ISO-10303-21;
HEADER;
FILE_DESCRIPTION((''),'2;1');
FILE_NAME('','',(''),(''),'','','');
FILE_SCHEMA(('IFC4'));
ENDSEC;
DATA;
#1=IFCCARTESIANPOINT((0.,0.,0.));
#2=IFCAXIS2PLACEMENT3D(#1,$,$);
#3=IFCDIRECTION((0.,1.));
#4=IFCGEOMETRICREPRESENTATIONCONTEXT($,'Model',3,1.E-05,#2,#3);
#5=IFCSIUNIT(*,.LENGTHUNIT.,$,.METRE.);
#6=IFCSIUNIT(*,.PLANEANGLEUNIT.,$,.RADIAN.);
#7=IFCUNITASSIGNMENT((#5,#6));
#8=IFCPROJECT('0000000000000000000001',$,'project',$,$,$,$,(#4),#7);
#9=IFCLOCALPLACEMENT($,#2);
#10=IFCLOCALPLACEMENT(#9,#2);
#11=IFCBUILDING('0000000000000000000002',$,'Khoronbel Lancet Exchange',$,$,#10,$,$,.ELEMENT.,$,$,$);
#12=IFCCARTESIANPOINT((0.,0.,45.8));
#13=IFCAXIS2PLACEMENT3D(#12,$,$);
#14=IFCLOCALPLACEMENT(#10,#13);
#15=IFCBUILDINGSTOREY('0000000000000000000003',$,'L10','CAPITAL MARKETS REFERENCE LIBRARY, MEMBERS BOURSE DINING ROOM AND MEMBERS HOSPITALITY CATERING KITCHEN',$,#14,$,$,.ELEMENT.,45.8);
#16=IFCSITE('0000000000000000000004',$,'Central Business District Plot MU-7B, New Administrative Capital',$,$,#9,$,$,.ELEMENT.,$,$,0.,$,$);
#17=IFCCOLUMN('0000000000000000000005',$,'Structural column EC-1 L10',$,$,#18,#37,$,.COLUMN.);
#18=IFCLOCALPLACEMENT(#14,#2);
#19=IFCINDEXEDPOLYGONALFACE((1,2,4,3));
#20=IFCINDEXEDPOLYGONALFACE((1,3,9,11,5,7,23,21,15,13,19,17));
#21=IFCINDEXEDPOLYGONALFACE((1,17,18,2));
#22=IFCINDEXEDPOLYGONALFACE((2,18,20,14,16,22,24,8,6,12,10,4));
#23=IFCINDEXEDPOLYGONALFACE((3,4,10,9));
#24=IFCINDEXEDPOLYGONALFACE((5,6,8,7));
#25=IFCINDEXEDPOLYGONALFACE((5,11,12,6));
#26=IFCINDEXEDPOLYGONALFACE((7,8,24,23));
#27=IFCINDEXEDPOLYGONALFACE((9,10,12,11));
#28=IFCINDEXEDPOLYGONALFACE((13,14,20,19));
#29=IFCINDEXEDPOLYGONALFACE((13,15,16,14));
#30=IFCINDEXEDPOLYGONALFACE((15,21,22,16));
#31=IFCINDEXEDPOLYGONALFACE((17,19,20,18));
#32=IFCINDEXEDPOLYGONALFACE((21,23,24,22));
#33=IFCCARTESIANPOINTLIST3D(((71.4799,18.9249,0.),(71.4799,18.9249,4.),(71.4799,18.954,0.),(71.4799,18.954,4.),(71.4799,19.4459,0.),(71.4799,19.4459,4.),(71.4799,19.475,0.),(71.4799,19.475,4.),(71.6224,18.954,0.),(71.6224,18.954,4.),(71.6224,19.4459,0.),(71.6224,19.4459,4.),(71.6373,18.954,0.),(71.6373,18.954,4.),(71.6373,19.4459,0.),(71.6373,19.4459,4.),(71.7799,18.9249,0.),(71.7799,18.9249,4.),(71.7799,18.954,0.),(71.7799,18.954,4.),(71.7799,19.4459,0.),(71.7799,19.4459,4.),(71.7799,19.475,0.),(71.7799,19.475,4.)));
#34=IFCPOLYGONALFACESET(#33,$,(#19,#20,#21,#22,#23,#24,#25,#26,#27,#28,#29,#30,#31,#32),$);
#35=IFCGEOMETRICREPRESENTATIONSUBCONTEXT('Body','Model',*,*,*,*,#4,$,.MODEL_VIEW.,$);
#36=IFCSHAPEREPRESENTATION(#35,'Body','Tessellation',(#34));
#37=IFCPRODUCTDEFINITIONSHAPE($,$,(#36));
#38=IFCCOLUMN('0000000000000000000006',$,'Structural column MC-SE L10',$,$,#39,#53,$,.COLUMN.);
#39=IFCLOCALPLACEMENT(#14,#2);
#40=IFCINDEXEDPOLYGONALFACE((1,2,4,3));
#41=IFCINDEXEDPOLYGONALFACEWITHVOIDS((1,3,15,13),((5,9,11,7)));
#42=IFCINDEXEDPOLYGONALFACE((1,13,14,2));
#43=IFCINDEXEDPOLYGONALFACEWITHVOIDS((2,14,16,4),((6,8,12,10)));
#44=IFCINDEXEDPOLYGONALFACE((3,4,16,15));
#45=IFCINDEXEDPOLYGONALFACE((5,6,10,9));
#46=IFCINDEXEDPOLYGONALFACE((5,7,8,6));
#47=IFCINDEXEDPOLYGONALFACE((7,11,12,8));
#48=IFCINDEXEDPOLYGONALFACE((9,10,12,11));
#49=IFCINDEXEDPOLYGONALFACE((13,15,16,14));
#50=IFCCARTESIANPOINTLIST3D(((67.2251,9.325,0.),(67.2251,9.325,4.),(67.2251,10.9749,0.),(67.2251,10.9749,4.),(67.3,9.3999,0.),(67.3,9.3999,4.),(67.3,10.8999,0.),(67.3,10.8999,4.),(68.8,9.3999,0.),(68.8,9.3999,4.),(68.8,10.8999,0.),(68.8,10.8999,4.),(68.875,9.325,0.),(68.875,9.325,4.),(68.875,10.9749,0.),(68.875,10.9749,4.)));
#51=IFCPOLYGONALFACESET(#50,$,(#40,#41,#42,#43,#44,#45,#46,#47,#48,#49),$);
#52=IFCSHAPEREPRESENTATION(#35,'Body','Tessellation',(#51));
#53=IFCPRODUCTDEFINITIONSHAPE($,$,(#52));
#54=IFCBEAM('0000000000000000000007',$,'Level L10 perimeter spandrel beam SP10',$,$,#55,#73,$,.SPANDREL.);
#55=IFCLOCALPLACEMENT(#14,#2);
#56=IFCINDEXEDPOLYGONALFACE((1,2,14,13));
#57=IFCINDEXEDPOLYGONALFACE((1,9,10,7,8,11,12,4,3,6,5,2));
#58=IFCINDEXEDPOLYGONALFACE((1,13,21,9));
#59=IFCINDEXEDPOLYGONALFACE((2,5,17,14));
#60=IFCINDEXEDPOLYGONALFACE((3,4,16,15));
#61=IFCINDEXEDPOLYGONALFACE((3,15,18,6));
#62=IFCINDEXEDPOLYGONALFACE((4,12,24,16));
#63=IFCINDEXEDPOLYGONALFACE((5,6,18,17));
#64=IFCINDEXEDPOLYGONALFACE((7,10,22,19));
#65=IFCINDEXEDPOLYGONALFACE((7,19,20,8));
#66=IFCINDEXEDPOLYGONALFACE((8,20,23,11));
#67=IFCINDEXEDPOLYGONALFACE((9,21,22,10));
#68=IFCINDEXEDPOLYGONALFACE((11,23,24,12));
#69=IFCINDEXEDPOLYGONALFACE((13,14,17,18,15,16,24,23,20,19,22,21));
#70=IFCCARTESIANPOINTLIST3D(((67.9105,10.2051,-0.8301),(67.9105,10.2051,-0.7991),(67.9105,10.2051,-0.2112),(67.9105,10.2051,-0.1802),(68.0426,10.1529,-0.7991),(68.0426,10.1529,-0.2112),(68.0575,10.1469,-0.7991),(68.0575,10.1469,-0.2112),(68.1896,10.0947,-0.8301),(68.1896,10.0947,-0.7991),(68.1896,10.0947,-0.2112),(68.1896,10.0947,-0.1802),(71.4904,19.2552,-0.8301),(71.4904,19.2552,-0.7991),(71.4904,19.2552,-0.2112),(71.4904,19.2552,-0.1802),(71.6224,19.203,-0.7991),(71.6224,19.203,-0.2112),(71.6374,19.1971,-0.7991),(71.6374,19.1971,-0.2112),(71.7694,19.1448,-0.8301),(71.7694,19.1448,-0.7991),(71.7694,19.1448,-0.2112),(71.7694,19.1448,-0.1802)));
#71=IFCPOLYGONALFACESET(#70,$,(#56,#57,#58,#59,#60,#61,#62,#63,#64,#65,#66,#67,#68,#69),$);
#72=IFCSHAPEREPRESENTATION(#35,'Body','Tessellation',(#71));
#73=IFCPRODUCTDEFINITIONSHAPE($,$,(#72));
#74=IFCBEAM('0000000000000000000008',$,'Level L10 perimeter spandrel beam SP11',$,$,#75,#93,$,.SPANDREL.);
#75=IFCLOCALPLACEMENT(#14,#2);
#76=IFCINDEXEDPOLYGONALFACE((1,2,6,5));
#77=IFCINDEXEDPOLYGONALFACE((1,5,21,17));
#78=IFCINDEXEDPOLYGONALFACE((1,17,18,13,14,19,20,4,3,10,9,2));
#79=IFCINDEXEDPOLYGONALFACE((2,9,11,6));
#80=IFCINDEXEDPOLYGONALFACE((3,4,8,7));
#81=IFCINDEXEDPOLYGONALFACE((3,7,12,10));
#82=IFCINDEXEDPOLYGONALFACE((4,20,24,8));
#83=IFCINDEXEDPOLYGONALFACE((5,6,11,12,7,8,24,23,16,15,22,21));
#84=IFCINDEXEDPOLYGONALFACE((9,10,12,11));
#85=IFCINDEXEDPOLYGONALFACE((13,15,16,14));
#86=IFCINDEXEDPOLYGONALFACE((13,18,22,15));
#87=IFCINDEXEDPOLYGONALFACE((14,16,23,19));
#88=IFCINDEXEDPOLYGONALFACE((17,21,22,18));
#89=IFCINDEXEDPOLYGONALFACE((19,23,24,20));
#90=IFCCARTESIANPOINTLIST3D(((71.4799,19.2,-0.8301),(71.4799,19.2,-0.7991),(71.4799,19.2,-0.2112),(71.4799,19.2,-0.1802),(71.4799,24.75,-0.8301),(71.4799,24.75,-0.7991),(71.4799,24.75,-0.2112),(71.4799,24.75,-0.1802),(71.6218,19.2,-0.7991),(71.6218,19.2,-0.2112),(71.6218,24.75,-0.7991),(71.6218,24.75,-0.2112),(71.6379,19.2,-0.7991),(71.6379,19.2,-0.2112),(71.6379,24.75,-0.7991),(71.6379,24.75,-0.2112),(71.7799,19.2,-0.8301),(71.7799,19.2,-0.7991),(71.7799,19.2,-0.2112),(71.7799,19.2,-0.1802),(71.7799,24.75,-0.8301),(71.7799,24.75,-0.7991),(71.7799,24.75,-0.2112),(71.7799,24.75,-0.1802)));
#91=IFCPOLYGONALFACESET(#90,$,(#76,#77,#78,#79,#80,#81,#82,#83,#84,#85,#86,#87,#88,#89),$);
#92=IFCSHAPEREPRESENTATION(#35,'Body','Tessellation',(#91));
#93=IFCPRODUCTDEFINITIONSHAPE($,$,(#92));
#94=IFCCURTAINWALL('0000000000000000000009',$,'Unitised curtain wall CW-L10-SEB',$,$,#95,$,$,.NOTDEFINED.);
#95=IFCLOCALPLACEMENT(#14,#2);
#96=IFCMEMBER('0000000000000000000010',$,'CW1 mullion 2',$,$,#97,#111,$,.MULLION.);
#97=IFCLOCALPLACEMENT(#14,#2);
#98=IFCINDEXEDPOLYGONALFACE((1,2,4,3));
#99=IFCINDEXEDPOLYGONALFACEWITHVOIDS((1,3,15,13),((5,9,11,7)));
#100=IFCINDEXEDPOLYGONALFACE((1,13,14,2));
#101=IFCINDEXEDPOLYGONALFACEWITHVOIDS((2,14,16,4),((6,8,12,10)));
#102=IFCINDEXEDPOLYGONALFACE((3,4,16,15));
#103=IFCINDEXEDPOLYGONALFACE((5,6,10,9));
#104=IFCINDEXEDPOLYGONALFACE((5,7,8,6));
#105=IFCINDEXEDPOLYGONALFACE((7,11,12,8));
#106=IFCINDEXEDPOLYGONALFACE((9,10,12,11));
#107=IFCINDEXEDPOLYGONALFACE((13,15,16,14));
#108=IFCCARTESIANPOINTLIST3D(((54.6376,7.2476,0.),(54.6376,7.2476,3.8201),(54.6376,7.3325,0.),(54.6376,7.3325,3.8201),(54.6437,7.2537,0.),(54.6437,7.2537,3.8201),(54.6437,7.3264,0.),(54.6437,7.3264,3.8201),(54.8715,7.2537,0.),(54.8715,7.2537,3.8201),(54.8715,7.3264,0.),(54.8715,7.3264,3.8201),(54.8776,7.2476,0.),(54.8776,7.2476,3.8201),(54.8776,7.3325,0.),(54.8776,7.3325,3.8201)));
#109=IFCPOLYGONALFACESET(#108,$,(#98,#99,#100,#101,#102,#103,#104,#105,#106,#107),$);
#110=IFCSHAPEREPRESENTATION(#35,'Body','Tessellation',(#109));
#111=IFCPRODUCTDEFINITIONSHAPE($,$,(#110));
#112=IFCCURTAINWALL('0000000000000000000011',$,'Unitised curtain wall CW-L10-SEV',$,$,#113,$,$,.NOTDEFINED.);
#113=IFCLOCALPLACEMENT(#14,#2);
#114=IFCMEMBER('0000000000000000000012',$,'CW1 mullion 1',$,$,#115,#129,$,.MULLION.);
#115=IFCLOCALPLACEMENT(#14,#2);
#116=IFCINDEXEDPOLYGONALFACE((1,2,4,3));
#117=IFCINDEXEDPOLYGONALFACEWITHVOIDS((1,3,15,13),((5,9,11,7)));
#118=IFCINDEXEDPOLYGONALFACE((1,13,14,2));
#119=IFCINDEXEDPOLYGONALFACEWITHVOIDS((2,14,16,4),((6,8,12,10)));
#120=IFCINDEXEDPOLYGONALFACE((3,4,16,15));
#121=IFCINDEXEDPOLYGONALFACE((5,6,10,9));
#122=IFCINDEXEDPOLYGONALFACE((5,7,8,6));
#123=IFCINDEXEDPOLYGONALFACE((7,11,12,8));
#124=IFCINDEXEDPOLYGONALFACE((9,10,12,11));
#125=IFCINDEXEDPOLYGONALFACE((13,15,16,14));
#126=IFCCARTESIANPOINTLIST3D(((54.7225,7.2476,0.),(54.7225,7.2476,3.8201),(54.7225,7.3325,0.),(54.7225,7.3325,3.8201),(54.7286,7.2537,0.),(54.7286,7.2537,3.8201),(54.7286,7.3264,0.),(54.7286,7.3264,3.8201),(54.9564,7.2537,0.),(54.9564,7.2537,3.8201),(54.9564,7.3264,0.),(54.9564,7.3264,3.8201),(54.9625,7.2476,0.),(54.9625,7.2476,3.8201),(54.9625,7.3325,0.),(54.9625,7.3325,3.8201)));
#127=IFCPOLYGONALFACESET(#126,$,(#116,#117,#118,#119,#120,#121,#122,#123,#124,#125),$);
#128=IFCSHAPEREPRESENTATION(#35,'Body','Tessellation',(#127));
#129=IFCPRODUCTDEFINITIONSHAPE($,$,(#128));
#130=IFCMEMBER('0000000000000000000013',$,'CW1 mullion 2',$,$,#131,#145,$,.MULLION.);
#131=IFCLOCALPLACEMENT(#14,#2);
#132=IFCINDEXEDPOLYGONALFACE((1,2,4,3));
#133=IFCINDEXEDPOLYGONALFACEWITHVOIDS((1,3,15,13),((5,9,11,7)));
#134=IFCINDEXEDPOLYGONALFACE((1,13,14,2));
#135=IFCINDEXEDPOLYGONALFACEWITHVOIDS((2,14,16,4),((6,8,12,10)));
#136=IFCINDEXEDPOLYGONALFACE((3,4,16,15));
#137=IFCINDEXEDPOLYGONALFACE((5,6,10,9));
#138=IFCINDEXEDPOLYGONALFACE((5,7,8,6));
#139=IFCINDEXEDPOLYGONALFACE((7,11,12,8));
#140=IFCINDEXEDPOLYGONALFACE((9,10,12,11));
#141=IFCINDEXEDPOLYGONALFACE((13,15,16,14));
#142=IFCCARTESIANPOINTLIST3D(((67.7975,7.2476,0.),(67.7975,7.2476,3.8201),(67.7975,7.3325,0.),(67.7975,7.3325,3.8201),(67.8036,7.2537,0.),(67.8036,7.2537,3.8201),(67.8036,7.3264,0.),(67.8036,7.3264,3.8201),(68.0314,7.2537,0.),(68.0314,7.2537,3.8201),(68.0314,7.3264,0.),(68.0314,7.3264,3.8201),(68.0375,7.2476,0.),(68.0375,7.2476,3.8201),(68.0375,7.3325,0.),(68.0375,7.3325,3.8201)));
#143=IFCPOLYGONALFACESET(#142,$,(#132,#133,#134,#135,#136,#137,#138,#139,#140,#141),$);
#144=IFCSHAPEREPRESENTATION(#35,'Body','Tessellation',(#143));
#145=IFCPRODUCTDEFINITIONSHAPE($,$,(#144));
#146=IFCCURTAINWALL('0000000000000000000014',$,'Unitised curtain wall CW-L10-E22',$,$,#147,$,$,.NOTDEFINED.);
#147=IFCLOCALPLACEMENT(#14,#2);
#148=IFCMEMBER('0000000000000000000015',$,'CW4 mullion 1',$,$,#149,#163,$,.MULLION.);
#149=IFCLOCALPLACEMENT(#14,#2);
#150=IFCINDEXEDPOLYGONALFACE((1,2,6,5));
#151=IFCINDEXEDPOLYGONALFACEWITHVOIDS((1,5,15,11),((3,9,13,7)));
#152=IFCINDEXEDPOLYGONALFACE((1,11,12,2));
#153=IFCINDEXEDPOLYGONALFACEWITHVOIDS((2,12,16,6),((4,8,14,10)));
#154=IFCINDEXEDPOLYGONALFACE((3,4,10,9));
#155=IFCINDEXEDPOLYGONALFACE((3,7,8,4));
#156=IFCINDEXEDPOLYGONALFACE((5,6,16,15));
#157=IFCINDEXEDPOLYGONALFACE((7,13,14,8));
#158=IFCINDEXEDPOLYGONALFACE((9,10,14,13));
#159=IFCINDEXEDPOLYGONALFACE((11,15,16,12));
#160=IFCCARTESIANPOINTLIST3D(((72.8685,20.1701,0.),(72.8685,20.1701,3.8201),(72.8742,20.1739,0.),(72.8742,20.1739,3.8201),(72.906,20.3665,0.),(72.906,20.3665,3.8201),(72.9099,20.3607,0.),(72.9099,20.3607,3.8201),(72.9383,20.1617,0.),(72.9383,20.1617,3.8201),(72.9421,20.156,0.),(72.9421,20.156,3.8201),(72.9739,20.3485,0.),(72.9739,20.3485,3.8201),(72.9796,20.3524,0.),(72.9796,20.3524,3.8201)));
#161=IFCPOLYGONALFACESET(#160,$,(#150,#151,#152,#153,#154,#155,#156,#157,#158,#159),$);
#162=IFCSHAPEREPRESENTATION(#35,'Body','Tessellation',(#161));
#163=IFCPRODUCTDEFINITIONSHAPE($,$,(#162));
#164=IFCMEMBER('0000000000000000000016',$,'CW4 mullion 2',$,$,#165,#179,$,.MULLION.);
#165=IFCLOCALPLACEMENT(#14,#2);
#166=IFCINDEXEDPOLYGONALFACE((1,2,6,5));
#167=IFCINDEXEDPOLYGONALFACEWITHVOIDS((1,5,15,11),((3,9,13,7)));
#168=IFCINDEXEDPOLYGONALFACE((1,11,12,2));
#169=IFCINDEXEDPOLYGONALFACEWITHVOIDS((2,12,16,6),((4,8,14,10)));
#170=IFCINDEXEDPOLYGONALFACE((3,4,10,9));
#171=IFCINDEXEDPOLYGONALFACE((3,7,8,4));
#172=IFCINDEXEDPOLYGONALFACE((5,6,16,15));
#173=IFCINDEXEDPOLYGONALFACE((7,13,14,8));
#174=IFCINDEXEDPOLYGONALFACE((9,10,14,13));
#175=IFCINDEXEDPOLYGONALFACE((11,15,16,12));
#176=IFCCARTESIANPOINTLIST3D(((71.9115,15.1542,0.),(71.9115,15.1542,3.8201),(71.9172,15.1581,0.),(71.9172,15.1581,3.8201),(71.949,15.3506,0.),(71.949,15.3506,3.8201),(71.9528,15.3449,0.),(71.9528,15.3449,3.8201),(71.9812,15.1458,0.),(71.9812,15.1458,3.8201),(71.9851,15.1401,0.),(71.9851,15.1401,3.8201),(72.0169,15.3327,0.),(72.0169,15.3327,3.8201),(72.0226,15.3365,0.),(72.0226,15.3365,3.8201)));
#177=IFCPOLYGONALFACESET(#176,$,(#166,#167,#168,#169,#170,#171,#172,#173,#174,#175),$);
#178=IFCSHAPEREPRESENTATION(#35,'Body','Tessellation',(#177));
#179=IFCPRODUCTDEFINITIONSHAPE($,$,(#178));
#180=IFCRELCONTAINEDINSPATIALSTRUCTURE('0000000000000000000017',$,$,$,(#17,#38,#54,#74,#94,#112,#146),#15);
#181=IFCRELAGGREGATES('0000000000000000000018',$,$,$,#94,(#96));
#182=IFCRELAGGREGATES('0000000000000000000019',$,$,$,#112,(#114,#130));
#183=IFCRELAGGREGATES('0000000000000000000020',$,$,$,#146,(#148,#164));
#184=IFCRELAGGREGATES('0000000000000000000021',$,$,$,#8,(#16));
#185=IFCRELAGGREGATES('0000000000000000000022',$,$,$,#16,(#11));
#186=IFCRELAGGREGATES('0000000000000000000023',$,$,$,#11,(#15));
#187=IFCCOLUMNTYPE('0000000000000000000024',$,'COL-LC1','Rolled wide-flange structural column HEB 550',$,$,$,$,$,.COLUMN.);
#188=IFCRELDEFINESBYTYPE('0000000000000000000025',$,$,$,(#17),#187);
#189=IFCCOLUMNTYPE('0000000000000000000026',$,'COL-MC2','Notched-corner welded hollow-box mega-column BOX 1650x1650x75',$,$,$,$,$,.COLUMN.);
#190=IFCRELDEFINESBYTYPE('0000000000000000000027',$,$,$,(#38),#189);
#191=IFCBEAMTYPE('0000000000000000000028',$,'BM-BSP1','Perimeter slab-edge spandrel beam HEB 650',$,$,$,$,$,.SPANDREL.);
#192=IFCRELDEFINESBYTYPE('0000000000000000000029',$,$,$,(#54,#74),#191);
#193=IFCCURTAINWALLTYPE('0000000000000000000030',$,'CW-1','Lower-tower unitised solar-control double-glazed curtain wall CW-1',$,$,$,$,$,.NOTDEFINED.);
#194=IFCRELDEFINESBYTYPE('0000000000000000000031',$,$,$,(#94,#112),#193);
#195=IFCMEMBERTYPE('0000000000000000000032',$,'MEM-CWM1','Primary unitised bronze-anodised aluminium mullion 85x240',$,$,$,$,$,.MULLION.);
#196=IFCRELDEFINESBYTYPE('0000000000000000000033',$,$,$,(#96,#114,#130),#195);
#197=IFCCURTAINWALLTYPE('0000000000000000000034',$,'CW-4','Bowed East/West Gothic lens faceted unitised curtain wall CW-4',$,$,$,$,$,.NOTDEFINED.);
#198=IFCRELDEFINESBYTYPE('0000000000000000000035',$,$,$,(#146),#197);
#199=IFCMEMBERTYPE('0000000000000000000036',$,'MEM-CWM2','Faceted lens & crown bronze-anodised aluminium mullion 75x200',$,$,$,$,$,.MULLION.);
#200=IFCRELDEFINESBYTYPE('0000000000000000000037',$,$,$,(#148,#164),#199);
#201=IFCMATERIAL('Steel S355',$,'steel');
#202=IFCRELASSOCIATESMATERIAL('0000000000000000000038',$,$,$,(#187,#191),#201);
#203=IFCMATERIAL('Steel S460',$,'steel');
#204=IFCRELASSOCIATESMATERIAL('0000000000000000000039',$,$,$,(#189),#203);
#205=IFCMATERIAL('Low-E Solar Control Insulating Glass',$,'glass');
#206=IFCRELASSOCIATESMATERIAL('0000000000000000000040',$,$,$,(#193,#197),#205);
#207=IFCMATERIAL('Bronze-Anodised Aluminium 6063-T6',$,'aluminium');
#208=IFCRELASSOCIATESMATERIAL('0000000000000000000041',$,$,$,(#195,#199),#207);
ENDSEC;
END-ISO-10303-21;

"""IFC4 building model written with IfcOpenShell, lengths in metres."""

from ifc_helpers import new_model, si_unit, direction, frame, origin, origin_2d, place, context, subcontext, project, spatial, hollow_rectangle, i_section, extrude, material, material_profile, profile_set, type_object, element, aggregate, save


model = new_model("IFC4")

# Units and contexts
model_context = context("Model", 3, precision=1e-05, world=origin(), true_north=direction((0.0, 1.0)))
body_context = subcontext(model_context, "Body", "Model", "MODEL_VIEW")
ifc_project = project(units=[si_unit("LENGTHUNIT", "METRE"), si_unit("PLANEANGLEUNIT", "RADIAN")], contexts=[model_context])

# Site, building, storey
site_placement = place(None, origin())
site = spatial("IfcSite", under=ifc_project, at=site_placement, Name="Central Business District Plot MU-7B, New Administrative Capital", CompositionType="ELEMENT", RefElevation=0.0)
building_placement = place(site_placement, origin())
building = spatial("IfcBuilding", under=site, at=building_placement, Name="Khoronbel Lancet Exchange", CompositionType="ELEMENT")
storey_placement = place(building_placement, frame((0.0, 0.0, 45.8)))
storey = spatial("IfcBuildingStorey", under=building, at=storey_placement, Name="L10", Description="CAPITAL MARKETS REFERENCE LIBRARY, MEMBERS BOURSE DINING ROOM AND MEMBERS HOSPITALITY CATERING KITCHEN", CompositionType="ELEMENT", Elevation=45.8)

# Columns
ifc_material_1 = material(Name="Steel S355", Category="steel")
ifc_material_profile_1 = material_profile(ifc_material_1, i_section(OverallWidth=0.3, OverallDepth=0.55, WebThickness=0.0149, FlangeThickness=0.0291, at=origin_2d()), Name="HEB 550")
ifc_profile_set_1 = profile_set([ifc_material_profile_1], Name="Steel S355")
column_type_1 = type_object("IfcColumnType", Name="COL-LC1", Description="Rolled wide-flange structural column HEB 550", PredefinedType="COLUMN", material=ifc_profile_set_1)
column_1_placement = place(storey_placement, frame((71.6299, 19.2, 0.0), z_axis=(0.0, 0.0, 1.0), x_axis=(1.0, 0.0, 0.0)))
element("IfcColumn", 1, at=column_1_placement, inside=storey, type_object=column_type_1, Name="Structural column EC-1 L10", PredefinedType="COLUMN", context=body_context, shape_type="SweptSolid", body=[
    extrude(i_section(OverallWidth=0.3, OverallDepth=0.55, WebThickness=0.0149, FlangeThickness=0.0291, at=origin_2d()), origin(), (0.0, 0.0, 1.0), 4.0),
])
ifc_material_2 = material(Name="Steel S460", Category="steel")
ifc_material_profile_2 = material_profile(ifc_material_2, hollow_rectangle(XDim=1.6499, YDim=1.6499, WallThickness=0.075, at=origin_2d()), Name="BOX 1650x1650x75")
ifc_profile_set_2 = profile_set([ifc_material_profile_2], Name="Steel S460")
column_type_2 = type_object("IfcColumnType", Name="COL-MC2", Description="Notched-corner welded hollow-box mega-column BOX 1650x1650x75", PredefinedType="COLUMN", material=ifc_profile_set_2)
column_2_placement = place(storey_placement, frame((68.05, 10.1499, 0.0), z_axis=(0.0, 0.0, 1.0), x_axis=(1.0, 0.0, 0.0)))
element("IfcColumn", 2, at=column_2_placement, inside=storey, type_object=column_type_2, Name="Structural column MC-SE L10", PredefinedType="COLUMN", context=body_context, shape_type="SweptSolid", body=[
    extrude(hollow_rectangle(XDim=1.6499, YDim=1.6499, WallThickness=0.075, at=origin_2d()), origin(), (0.0, 0.0, 1.0), 4.0),
])

# Beams
ifc_material_profile_3 = material_profile(ifc_material_1, i_section(OverallWidth=0.3, OverallDepth=0.6499, WebThickness=0.0161, FlangeThickness=0.031, at=origin_2d()), Name="HEB 650")
ifc_profile_set_3 = profile_set([ifc_material_profile_3], Name="Steel S355")
beam_type = type_object("IfcBeamType", Name="BM-BSP1", Description="Perimeter slab-edge spandrel beam HEB 650", PredefinedType="SPANDREL", material=ifc_profile_set_3)
beam_1_placement = place(storey_placement, frame((68.05, 10.1499, -0.5051), z_axis=(0.367828, 0.929894, 0.0), x_axis=(-0.929894, 0.367828, 0.0)))
element("IfcBeam", 3, at=beam_1_placement, inside=storey, type_object=beam_type, Name="Level L10 perimeter spandrel beam SP10", PredefinedType="SPANDREL", context=body_context, shape_type="SweptSolid", body=[
    extrude(i_section(OverallWidth=0.3, OverallDepth=0.6499, WebThickness=0.0161, FlangeThickness=0.031, at=origin_2d()), origin(), (0.0, 0.0, 1.0), 9.7324),
])
beam_2_placement = place(storey_placement, frame((71.6299, 19.2, -0.5051), z_axis=(0.0, 1.0, 0.0), x_axis=(-1.0, 0.0, 0.0)))
element("IfcBeam", 4, at=beam_2_placement, inside=storey, type_object=beam_type, Name="Level L10 perimeter spandrel beam SP11", PredefinedType="SPANDREL", context=body_context, shape_type="SweptSolid", body=[
    extrude(i_section(OverallWidth=0.3, OverallDepth=0.6499, WebThickness=0.0161, FlangeThickness=0.031, at=origin_2d()), origin(), (0.0, 0.0, 1.0), 5.55),
])

# Curtain wall, member
ifc_material_3 = material(Name="Low-E Solar Control Insulating Glass", Category="glass")
curtain_wall_type_1 = type_object("IfcCurtainWallType", Name="CW-1", Description="Lower-tower unitised solar-control double-glazed curtain wall CW-1", PredefinedType="NOTDEFINED", material=ifc_material_3)
curtain_wall_1_placement = place(storey_placement, origin())
curtain_wall_1 = element("IfcCurtainWall", 5, at=curtain_wall_1_placement, inside=storey, type_object=curtain_wall_type_1, Name="Unitised curtain wall CW-L10-SEB", PredefinedType="NOTDEFINED")
ifc_material_4 = material(Name="Bronze-Anodised Aluminium 6063-T6", Category="aluminium")
ifc_material_profile_4 = material_profile(ifc_material_4, hollow_rectangle(XDim=0.085, YDim=0.24, WallThickness=0.0061, at=origin_2d()), Name="ALU MULLION 85x240")
ifc_profile_set_4 = profile_set([ifc_material_profile_4], Name="Bronze-Anodised Aluminium 6063-T6")
member_type_1 = type_object("IfcMemberType", Name="MEM-CWM1", Description="Primary unitised bronze-anodised aluminium mullion 85x240", PredefinedType="MULLION", material=ifc_profile_set_4)
member_1_placement = place(storey_placement, frame((54.7576, 7.29, 0.0), z_axis=(0.0, 0.0, 1.0), x_axis=(0.0, 1.0, 0.0)))
member_1 = element("IfcMember", 6, at=member_1_placement, type_object=member_type_1, Name="CW1 mullion 2", PredefinedType="MULLION", context=body_context, shape_type="SweptSolid", body=[
    extrude(hollow_rectangle(XDim=0.085, YDim=0.24, WallThickness=0.0061, at=origin_2d()), origin(), (0.0, 0.0, 1.0), 3.8201),
])
aggregate(curtain_wall_1, [member_1])

# Curtain walls, members
curtain_wall_2_placement = place(storey_placement, origin())
curtain_wall_2 = element("IfcCurtainWall", 7, at=curtain_wall_2_placement, inside=storey, type_object=curtain_wall_type_1, Name="Unitised curtain wall CW-L10-SEV", PredefinedType="NOTDEFINED")
member_2_placement = place(storey_placement, frame((54.8425, 7.29, 0.0), z_axis=(0.0, 0.0, 1.0), x_axis=(0.0, 1.0, 0.0)))
member_2 = element("IfcMember", 8, at=member_2_placement, type_object=member_type_1, Name="CW1 mullion 1", PredefinedType="MULLION", context=body_context, shape_type="SweptSolid", body=[
    extrude(hollow_rectangle(XDim=0.085, YDim=0.24, WallThickness=0.0061, at=origin_2d()), origin(), (0.0, 0.0, 1.0), 3.8201),
])
member_3_placement = place(storey_placement, frame((67.9175, 7.29, 0.0), z_axis=(0.0, 0.0, 1.0), x_axis=(0.0, 1.0, 0.0)))
member_3 = element("IfcMember", 9, at=member_3_placement, type_object=member_type_1, Name="CW1 mullion 2", PredefinedType="MULLION", context=body_context, shape_type="SweptSolid", body=[
    extrude(hollow_rectangle(XDim=0.085, YDim=0.24, WallThickness=0.0061, at=origin_2d()), origin(), (0.0, 0.0, 1.0), 3.8201),
])
curtain_wall_type_2 = type_object("IfcCurtainWallType", Name="CW-4", Description="Bowed East/West Gothic lens faceted unitised curtain wall CW-4", PredefinedType="NOTDEFINED", material=ifc_material_3)
curtain_wall_3_placement = place(storey_placement, origin())
curtain_wall_3 = element("IfcCurtainWall", 10, at=curtain_wall_3_placement, inside=storey, type_object=curtain_wall_type_2, Name="Unitised curtain wall CW-L10-E22", PredefinedType="NOTDEFINED")
ifc_material_profile_5 = material_profile(ifc_material_4, hollow_rectangle(XDim=0.075, YDim=0.2, WallThickness=0.0049, at=origin_2d()), Name="ALU MULLION 75x200")
ifc_profile_set_5 = profile_set([ifc_material_profile_5], Name="Bronze-Anodised Aluminium 6063-T6")
member_type_2 = type_object("IfcMemberType", Name="MEM-CWM2", Description="Faceted lens & crown bronze-anodised aluminium mullion 75x200", PredefinedType="MULLION", material=ifc_profile_set_5)
member_4_placement = place(storey_placement, frame((72.9241, 20.2612, 0.0), z_axis=(0.0, 0.0, 1.0), x_axis=(0.982279, -0.187423, 0.0)))
member_4 = element("IfcMember", 11, at=member_4_placement, type_object=member_type_2, Name="CW4 mullion 1", PredefinedType="MULLION", context=body_context, shape_type="SweptSolid", body=[
    extrude(hollow_rectangle(XDim=0.075, YDim=0.2, WallThickness=0.0049, at=origin_2d()), origin(), (0.0, 0.0, 1.0), 3.8201),
])
member_5_placement = place(storey_placement, frame((71.967, 15.2454, 0.0), z_axis=(0.0, 0.0, 1.0), x_axis=(0.982279, -0.187423, 0.0)))
member_5 = element("IfcMember", 12, at=member_5_placement, type_object=member_type_2, Name="CW4 mullion 2", PredefinedType="MULLION", context=body_context, shape_type="SweptSolid", body=[
    extrude(hollow_rectangle(XDim=0.075, YDim=0.2, WallThickness=0.0049, at=origin_2d()), origin(), (0.0, 0.0, 1.0), 3.8201),
])

aggregate(curtain_wall_2, [member_2, member_3])
aggregate(curtain_wall_3, [member_4, member_5])

save(model, "model.ifc")
